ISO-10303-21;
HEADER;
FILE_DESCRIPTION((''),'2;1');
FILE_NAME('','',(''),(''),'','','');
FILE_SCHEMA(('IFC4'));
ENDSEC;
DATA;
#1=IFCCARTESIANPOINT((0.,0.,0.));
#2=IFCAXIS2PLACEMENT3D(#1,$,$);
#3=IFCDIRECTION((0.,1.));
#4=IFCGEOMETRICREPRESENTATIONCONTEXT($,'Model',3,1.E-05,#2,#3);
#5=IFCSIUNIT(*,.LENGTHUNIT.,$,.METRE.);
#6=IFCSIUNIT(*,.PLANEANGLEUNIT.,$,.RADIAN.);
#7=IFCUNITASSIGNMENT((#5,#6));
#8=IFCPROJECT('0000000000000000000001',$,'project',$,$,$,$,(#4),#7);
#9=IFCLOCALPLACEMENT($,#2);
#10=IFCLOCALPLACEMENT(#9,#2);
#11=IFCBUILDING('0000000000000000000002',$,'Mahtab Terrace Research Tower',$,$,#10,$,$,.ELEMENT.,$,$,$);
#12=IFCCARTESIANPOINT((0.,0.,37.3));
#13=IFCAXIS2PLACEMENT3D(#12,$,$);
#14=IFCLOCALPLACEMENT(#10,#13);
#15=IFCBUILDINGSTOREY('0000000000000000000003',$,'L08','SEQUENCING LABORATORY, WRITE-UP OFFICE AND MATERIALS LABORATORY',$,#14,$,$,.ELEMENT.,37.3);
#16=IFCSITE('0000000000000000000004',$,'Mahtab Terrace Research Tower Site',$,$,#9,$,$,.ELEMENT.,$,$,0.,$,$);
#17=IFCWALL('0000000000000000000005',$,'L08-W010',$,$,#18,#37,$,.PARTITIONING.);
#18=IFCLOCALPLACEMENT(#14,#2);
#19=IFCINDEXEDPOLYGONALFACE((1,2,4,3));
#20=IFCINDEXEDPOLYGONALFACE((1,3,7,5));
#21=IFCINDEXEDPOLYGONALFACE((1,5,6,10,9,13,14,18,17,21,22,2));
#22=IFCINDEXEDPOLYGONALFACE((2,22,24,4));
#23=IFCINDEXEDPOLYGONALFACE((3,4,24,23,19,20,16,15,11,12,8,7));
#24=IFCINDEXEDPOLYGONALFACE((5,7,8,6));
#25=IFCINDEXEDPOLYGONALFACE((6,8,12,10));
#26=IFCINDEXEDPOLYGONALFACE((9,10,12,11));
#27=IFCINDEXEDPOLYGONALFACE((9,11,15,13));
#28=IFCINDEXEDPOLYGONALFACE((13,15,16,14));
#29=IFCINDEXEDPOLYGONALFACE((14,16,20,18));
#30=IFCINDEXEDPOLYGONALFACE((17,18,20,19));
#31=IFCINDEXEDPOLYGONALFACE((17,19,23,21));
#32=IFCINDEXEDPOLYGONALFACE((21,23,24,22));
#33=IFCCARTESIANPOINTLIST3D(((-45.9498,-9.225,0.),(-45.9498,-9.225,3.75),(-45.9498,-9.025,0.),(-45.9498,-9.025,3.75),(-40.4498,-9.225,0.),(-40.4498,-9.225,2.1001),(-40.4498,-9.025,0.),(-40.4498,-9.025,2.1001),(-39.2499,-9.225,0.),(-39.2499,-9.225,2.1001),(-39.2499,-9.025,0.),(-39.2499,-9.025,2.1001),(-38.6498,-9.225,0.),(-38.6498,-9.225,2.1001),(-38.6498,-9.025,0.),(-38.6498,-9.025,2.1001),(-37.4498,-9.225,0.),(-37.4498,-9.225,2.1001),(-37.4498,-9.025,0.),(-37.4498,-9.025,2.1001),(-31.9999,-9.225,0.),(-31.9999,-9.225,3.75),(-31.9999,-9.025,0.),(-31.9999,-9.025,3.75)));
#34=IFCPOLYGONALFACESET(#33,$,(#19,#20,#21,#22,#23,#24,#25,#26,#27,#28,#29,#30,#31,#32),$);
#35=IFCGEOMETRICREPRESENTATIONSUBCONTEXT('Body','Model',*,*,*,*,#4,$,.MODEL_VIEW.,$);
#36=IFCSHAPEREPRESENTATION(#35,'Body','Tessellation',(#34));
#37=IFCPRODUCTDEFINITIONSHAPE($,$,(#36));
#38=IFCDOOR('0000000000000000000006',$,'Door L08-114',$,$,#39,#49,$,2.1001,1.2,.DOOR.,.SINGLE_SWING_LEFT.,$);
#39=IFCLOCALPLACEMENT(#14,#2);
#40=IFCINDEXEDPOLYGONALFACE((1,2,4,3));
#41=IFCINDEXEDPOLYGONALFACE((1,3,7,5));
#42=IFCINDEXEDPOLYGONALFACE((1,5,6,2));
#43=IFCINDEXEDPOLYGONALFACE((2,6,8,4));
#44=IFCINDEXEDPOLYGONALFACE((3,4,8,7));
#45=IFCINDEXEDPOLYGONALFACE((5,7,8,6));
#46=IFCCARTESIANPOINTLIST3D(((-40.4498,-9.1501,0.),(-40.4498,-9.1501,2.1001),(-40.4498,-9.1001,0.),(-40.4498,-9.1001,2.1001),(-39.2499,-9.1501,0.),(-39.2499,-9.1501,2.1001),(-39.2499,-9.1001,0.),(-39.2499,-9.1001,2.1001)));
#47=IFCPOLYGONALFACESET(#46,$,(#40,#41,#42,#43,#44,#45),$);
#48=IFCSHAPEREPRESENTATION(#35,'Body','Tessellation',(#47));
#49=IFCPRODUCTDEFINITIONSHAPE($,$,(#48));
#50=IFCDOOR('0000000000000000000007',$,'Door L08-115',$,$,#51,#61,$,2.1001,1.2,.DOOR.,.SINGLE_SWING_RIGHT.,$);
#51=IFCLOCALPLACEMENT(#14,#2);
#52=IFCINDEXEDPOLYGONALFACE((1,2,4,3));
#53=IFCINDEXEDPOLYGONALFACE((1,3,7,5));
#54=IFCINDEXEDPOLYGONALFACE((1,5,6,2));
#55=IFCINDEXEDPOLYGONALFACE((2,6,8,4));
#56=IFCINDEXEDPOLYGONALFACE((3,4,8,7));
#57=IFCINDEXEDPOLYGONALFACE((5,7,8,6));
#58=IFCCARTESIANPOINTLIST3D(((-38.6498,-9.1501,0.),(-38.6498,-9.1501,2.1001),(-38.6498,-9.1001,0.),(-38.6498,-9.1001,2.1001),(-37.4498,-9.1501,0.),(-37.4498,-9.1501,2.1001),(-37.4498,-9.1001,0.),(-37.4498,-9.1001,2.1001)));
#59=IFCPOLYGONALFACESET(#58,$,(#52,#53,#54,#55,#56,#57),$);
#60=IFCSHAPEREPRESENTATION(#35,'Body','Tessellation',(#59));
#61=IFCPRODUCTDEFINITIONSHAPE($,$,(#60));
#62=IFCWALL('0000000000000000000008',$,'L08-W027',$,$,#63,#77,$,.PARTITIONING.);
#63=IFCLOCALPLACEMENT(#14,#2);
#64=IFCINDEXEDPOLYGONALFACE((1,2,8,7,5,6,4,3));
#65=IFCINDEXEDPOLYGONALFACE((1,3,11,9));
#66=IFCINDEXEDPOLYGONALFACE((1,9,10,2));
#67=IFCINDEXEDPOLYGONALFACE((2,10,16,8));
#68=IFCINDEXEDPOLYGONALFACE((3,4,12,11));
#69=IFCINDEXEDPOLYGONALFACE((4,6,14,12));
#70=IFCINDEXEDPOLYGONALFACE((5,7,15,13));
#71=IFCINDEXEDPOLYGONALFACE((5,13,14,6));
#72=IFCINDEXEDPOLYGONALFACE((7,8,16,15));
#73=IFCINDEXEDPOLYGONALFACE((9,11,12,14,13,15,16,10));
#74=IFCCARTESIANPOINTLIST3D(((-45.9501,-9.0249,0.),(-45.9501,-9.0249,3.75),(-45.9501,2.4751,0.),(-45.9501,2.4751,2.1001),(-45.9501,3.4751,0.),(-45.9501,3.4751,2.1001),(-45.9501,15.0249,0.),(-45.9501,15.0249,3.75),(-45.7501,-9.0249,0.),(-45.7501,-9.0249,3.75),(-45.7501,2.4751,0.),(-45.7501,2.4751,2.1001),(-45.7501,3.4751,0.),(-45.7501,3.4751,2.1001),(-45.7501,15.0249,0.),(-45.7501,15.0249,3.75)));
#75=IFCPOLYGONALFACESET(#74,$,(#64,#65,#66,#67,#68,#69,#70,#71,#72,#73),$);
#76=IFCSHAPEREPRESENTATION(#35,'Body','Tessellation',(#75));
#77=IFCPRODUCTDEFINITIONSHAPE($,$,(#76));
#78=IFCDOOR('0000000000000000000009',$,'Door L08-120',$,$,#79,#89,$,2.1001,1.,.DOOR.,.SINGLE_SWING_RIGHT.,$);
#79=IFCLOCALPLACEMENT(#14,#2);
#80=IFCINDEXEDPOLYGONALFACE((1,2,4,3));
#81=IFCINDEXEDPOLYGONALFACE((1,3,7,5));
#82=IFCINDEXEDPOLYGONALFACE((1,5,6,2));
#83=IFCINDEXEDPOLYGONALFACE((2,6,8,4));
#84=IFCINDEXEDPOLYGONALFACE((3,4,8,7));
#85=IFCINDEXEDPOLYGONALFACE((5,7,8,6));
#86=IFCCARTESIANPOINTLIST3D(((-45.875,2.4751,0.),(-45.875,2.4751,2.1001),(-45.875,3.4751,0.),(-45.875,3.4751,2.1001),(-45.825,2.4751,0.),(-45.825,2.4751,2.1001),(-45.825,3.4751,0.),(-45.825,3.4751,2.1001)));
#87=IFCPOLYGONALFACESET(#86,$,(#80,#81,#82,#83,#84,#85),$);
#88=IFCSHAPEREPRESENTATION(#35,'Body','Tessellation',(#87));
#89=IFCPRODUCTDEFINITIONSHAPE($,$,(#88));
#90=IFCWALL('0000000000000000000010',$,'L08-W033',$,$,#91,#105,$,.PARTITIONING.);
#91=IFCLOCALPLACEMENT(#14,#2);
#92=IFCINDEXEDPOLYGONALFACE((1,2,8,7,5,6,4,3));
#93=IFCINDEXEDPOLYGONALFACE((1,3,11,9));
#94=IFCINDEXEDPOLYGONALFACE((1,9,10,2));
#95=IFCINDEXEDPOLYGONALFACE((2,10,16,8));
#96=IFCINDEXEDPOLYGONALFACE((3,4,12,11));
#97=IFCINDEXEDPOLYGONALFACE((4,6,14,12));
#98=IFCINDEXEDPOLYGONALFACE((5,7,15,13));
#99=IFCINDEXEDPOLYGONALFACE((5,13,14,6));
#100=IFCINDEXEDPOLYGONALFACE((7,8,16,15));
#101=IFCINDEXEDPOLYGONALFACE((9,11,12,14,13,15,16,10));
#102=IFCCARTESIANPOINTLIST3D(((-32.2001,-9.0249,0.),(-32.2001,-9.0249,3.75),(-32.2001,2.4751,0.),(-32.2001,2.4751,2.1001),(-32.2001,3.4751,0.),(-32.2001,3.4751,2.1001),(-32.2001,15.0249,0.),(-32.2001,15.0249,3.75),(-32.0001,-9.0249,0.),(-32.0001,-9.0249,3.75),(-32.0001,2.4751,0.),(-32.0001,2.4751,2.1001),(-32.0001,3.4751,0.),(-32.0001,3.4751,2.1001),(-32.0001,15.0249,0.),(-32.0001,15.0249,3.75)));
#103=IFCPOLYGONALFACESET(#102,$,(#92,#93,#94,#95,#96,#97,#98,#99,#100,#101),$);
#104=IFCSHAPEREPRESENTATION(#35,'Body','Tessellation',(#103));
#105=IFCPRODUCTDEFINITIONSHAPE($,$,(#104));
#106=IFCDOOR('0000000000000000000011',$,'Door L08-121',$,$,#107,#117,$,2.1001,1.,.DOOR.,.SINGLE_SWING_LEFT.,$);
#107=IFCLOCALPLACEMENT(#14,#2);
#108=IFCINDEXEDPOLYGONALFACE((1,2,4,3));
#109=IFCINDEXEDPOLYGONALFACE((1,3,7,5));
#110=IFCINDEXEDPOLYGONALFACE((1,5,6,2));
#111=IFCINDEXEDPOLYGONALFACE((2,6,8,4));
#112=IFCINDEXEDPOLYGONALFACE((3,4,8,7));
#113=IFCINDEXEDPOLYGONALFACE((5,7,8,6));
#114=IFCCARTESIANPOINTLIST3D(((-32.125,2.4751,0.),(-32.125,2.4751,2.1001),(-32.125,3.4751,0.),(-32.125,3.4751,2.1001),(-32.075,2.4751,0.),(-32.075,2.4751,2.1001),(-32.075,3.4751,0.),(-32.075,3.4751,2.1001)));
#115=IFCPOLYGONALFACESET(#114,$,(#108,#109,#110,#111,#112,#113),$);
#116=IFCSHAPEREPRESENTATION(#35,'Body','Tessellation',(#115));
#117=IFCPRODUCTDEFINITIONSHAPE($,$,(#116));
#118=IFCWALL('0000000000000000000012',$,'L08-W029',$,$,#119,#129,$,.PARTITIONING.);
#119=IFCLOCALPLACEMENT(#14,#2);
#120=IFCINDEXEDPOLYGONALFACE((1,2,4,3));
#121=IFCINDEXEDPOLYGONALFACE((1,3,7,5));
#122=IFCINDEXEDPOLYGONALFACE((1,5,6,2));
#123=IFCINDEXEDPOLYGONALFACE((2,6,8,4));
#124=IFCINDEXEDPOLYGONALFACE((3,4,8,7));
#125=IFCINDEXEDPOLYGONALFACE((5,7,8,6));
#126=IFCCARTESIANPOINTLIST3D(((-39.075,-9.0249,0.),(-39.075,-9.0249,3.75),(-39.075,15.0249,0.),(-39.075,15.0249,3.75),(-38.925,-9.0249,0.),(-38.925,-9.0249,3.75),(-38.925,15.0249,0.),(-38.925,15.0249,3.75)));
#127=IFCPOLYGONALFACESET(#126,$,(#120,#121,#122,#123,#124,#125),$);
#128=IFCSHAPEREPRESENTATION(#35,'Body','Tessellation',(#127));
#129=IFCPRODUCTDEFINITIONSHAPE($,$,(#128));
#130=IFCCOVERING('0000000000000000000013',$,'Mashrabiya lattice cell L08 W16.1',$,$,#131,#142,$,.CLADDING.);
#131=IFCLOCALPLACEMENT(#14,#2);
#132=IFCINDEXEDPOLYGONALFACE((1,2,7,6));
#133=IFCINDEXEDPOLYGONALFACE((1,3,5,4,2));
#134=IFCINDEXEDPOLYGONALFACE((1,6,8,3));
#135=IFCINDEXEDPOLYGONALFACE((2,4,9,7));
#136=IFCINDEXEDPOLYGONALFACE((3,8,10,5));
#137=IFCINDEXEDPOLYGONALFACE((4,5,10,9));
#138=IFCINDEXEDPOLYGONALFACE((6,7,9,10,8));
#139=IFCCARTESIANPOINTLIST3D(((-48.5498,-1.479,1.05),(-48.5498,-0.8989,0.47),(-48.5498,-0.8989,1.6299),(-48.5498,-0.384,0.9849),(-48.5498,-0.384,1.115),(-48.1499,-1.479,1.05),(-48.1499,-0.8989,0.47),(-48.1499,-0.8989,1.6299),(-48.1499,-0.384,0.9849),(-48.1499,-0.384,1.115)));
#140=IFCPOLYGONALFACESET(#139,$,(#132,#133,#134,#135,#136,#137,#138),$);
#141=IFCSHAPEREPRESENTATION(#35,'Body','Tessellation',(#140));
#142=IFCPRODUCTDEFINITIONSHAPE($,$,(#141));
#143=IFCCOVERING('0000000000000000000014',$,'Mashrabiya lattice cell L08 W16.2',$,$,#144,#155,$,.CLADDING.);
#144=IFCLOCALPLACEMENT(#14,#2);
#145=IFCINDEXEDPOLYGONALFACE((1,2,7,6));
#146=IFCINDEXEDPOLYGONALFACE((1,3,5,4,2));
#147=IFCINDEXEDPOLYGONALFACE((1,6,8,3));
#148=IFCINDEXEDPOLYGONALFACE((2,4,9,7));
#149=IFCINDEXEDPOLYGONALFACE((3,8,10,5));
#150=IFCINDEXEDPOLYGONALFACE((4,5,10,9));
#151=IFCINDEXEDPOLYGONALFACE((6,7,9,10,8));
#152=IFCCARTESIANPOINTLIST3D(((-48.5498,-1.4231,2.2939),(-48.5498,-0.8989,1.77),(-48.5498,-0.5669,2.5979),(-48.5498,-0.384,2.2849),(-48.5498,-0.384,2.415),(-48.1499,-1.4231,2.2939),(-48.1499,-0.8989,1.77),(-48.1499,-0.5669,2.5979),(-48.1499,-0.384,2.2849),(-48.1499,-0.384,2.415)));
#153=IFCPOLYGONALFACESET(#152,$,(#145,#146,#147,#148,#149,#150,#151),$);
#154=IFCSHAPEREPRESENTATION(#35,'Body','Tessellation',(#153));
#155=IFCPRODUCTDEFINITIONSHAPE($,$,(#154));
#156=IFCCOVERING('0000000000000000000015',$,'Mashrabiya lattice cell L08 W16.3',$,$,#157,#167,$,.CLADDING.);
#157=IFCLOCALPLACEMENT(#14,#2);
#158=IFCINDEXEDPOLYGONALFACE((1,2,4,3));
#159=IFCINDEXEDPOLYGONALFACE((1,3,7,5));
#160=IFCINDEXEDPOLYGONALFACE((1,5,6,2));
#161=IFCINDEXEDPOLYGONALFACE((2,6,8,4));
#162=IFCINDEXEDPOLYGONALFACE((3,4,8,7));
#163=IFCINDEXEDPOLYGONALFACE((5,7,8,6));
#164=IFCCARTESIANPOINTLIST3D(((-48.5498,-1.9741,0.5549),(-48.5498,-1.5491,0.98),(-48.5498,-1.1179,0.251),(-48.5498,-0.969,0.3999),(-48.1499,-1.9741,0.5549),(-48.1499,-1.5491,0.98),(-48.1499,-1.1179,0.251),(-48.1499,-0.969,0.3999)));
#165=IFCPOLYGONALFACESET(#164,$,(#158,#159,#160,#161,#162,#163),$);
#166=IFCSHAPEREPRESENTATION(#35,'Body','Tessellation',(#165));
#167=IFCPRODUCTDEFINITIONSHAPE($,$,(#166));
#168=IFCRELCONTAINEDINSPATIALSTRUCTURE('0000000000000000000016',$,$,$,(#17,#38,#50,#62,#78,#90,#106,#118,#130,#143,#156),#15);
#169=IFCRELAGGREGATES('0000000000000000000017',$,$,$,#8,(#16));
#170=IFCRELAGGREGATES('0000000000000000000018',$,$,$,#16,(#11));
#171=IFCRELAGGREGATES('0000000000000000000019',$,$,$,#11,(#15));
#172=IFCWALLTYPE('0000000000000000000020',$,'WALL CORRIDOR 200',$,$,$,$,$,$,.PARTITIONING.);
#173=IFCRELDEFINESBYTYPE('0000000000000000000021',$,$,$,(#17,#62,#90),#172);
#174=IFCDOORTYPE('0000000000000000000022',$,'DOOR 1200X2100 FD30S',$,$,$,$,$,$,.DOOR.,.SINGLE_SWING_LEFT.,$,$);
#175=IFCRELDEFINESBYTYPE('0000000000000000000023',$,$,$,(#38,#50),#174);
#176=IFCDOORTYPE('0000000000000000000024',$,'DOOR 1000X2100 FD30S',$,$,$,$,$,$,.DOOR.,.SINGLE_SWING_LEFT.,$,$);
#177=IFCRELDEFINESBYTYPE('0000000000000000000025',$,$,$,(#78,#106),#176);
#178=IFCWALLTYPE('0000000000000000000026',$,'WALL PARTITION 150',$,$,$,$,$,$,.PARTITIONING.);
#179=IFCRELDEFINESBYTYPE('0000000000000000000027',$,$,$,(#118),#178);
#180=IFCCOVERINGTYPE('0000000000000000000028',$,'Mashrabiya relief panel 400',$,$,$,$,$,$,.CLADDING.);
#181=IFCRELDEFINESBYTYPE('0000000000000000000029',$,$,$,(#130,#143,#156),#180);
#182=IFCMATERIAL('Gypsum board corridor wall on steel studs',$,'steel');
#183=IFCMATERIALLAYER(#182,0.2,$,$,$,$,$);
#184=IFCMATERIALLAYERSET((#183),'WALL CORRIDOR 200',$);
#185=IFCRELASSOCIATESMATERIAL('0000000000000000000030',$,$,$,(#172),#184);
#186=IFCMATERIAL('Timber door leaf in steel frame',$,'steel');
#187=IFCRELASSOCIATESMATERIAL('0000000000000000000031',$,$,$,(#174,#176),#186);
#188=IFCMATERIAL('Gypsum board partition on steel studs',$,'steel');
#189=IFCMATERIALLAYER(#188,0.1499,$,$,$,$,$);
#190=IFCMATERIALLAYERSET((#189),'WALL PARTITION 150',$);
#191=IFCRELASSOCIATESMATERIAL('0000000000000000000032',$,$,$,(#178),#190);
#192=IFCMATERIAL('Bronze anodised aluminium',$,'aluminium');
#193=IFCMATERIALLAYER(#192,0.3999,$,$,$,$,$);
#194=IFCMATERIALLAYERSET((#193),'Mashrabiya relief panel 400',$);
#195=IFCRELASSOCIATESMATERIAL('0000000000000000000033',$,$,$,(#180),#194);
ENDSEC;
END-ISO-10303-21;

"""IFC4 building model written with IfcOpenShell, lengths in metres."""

from ifc_helpers import new_model, si_unit, direction, frame, frame_2d, origin, place, context, subcontext, project, spatial, polyline, rectangle, outline, extrude, material, layer, layer_set, type_object, element, fill, save


model = new_model("IFC4")

# Units and contexts
model_context = context("Model", 3, precision=1e-05, world=origin(), true_north=direction((0.0, 1.0)))
body_context = subcontext(model_context, "Body", "Model", "MODEL_VIEW")
ifc_project = project(units=[si_unit("LENGTHUNIT", "METRE"), si_unit("PLANEANGLEUNIT", "RADIAN")], contexts=[model_context])

# Site, building, storey
site_placement = place(None, origin())
site = spatial("IfcSite", under=ifc_project, at=site_placement, Name="Mahtab Terrace Research Tower Site", CompositionType="ELEMENT", RefElevation=0.0)
building_placement = place(site_placement, origin())
building = spatial("IfcBuilding", under=site, at=building_placement, Name="Mahtab Terrace Research Tower", CompositionType="ELEMENT")
storey_placement = place(building_placement, frame((0.0, 0.0, 37.3)))
storey = spatial("IfcBuildingStorey", under=building, at=storey_placement, Name="L08", Description="SEQUENCING LABORATORY, WRITE-UP OFFICE AND MATERIALS LABORATORY", CompositionType="ELEMENT", Elevation=37.3)

# Shared definitions
ifc_material_1 = material(Name="Gypsum board corridor wall on steel studs", Category="steel")
ifc_layer_1 = layer(ifc_material_1, 0.2)
ifc_layer_set_1 = layer_set([ifc_layer_1], Name="WALL CORRIDOR 200")
wall_type_1 = type_object("IfcWallType", Name="WALL CORRIDOR 200", PredefinedType="PARTITIONING", material=ifc_layer_set_1)
ifc_material_2 = material(Name="Timber door leaf in steel frame", Category="steel")
door_type_1 = type_object("IfcDoorType", Name="DOOR 1200X2100 FD30S", OperationType="SINGLE_SWING_LEFT", PredefinedType="DOOR", material=ifc_material_2)

# Wall, openings, doors
wall_1_placement = place(storey_placement, frame((-45.95, -9.125, 0.0), z_axis=(0.0, 0.0, 1.0), x_axis=(1.0, 0.0, 0.0)))
wall_1 = element("IfcWall", 1, at=wall_1_placement, inside=storey, type_object=wall_type_1, Name="L08-W010", PredefinedType="PARTITIONING", context=body_context, shape_type="SweptSolid", body=[
    extrude(rectangle(XDim=13.95, YDim=0.2, at=frame_2d((6.9751, 0.0))), origin(), (0.0, 0.0, 1.0), 3.75),
])
opening_1_placement = place(wall_1_placement, frame((5.5, 0.0, 0.0)))
opening_1 = element("IfcOpeningElement", 2, at=opening_1_placement, cuts=wall_1, PredefinedType="OPENING", context=body_context, shape_type="SweptSolid", body=[
    extrude(rectangle(XDim=1.2, YDim=2.1001, at=frame_2d((0.6001, 1.05))), frame((0.0, 0.1099, 0.0), z_axis=(0.0, -1.0, 0.0), x_axis=(1.0, 0.0, 0.0)), (0.0, 0.0, 1.0), 0.22),
])
opening_2_placement = place(wall_1_placement, frame((7.3, 0.0, 0.0)))
opening_2 = element("IfcOpeningElement", 3, at=opening_2_placement, cuts=wall_1, PredefinedType="OPENING", context=body_context, shape_type="SweptSolid", body=[
    extrude(rectangle(XDim=1.2, YDim=2.1001, at=frame_2d((0.6001, 1.05))), frame((0.0, 0.1099, 0.0), z_axis=(0.0, -1.0, 0.0), x_axis=(1.0, 0.0, 0.0)), (0.0, 0.0, 1.0), 0.22),
])
door_1_placement = place(opening_1_placement, origin())
door_1 = element("IfcDoor", 4, at=door_1_placement, inside=storey, type_object=door_type_1, Name="Door L08-114", OperationType="SINGLE_SWING_LEFT", OverallHeight=2.1001, OverallWidth=1.2, PredefinedType="DOOR", context=body_context, shape_type="SweptSolid", body=[
    extrude(rectangle(XDim=1.2, YDim=2.1001, at=frame_2d((0.6001, 1.05))), frame((0.0, 0.0249, 0.0), z_axis=(0.0, -1.0, 0.0), x_axis=(1.0, 0.0, 0.0)), (0.0, 0.0, 1.0), 0.05),
])
fill(opening_1, door_1)
door_2_placement = place(opening_2_placement, origin())
door_2 = element("IfcDoor", 5, at=door_2_placement, inside=storey, type_object=door_type_1, Name="Door L08-115", OperationType="SINGLE_SWING_RIGHT", OverallHeight=2.1001, OverallWidth=1.2, PredefinedType="DOOR", context=body_context, shape_type="SweptSolid", body=[
    extrude(rectangle(XDim=1.2, YDim=2.1001, at=frame_2d((0.6001, 1.05))), frame((0.0, 0.0249, 0.0), z_axis=(0.0, -1.0, 0.0), x_axis=(1.0, 0.0, 0.0)), (0.0, 0.0, 1.0), 0.05),
])
fill(opening_2, door_2)

# Walls, openings, doors
wall_2_placement = place(storey_placement, frame((-45.8501, -9.0249, 0.0), z_axis=(0.0, 0.0, 1.0), x_axis=(0.0, 1.0, 0.0)))
wall_2 = element("IfcWall", 6, at=wall_2_placement, inside=storey, type_object=wall_type_1, Name="L08-W027", PredefinedType="PARTITIONING", context=body_context, shape_type="SweptSolid", body=[
    extrude(rectangle(XDim=24.0498, YDim=0.2, at=frame_2d((12.0249, 0.0))), origin(), (0.0, 0.0, 1.0), 3.75),
])
opening_3_placement = place(wall_2_placement, frame((11.5, 0.0, 0.0)))
opening_3 = element("IfcOpeningElement", 7, at=opening_3_placement, cuts=wall_2, PredefinedType="OPENING", context=body_context, shape_type="SweptSolid", body=[
    extrude(rectangle(XDim=1.0, YDim=2.1001, at=frame_2d((0.5, 1.05))), frame((0.0, 0.1099, 0.0), z_axis=(0.0, -1.0, 0.0), x_axis=(1.0, 0.0, 0.0)), (0.0, 0.0, 1.0), 0.22),
])
door_type_2 = type_object("IfcDoorType", Name="DOOR 1000X2100 FD30S", OperationType="SINGLE_SWING_LEFT", PredefinedType="DOOR", material=ifc_material_2)
door_3_placement = place(opening_3_placement, origin())
door_3 = element("IfcDoor", 8, at=door_3_placement, inside=storey, type_object=door_type_2, Name="Door L08-120", OperationType="SINGLE_SWING_RIGHT", OverallHeight=2.1001, OverallWidth=1.0, PredefinedType="DOOR", context=body_context, shape_type="SweptSolid", body=[
    extrude(rectangle(XDim=1.0, YDim=2.1001, at=frame_2d((0.5, 1.05))), frame((0.0, 0.0249, 0.0), z_axis=(0.0, -1.0, 0.0), x_axis=(1.0, 0.0, 0.0)), (0.0, 0.0, 1.0), 0.05),
])
fill(opening_3, door_3)
wall_3_placement = place(storey_placement, frame((-32.1001, -9.0249, 0.0), z_axis=(0.0, 0.0, 1.0), x_axis=(0.0, 1.0, 0.0)))
wall_3 = element("IfcWall", 9, at=wall_3_placement, inside=storey, type_object=wall_type_1, Name="L08-W033", PredefinedType="PARTITIONING", context=body_context, shape_type="SweptSolid", body=[
    extrude(rectangle(XDim=24.0498, YDim=0.2, at=frame_2d((12.0249, 0.0))), origin(), (0.0, 0.0, 1.0), 3.75),
])
opening_4_placement = place(wall_3_placement, frame((11.5, 0.0, 0.0)))
opening_4 = element("IfcOpeningElement", 10, at=opening_4_placement, cuts=wall_3, PredefinedType="OPENING", context=body_context, shape_type="SweptSolid", body=[
    extrude(rectangle(XDim=1.0, YDim=2.1001, at=frame_2d((0.5, 1.05))), frame((0.0, 0.1099, 0.0), z_axis=(0.0, -1.0, 0.0), x_axis=(1.0, 0.0, 0.0)), (0.0, 0.0, 1.0), 0.22),
])
door_4_placement = place(opening_4_placement, origin())
door_4 = element("IfcDoor", 11, at=door_4_placement, inside=storey, type_object=door_type_2, Name="Door L08-121", OperationType="SINGLE_SWING_LEFT", OverallHeight=2.1001, OverallWidth=1.0, PredefinedType="DOOR", context=body_context, shape_type="SweptSolid", body=[
    extrude(rectangle(XDim=1.0, YDim=2.1001, at=frame_2d((0.5, 1.05))), frame((0.0, 0.0249, 0.0), z_axis=(0.0, -1.0, 0.0), x_axis=(1.0, 0.0, 0.0)), (0.0, 0.0, 1.0), 0.05),
])
fill(opening_4, door_4)

# Wall
ifc_material_3 = material(Name="Gypsum board partition on steel studs", Category="steel")
ifc_layer_2 = layer(ifc_material_3, 0.1499)
ifc_layer_set_2 = layer_set([ifc_layer_2], Name="WALL PARTITION 150")
wall_type_2 = type_object("IfcWallType", Name="WALL PARTITION 150", PredefinedType="PARTITIONING", material=ifc_layer_set_2)
wall_4_placement = place(storey_placement, frame((-39.0, -9.0249, 0.0), z_axis=(0.0, 0.0, 1.0), x_axis=(0.0, 1.0, 0.0)))
element("IfcWall", 12, at=wall_4_placement, inside=storey, type_object=wall_type_2, Name="L08-W029", PredefinedType="PARTITIONING", context=body_context, shape_type="SweptSolid", body=[
    extrude(rectangle(XDim=24.0498, YDim=0.1499, at=frame_2d((12.0249, 0.0))), origin(), (0.0, 0.0, 1.0), 3.75),
])

# Coverings
ifc_material_4 = material(Name="Bronze anodised aluminium", Category="aluminium")
ifc_layer_3 = layer(ifc_material_4, 0.3999)
ifc_layer_set_3 = layer_set([ifc_layer_3], Name="Mashrabiya relief panel 400")
covering_type = type_object("IfcCoveringType", Name="Mashrabiya relief panel 400", PredefinedType="CLADDING", material=ifc_layer_set_3)
covering_1_placement = place(storey_placement, frame((-48.1499, -0.8989, 1.6299), z_axis=(1.0, 0.0, 0.0), x_axis=(0.0, -0.707256, -0.706958)))
element("IfcCovering", 13, at=covering_1_placement, inside=storey, type_object=covering_type, Name="Mashrabiya lattice cell L08 W16.1", PredefinedType="CLADDING", context=body_context, shape_type="SweptSolid", body=[
    extrude(outline(polyline([(0.0, 0.0), (0.8202, 0.0), (0.82, 0.8204), (0.0918, 0.8202), (-0.0002, 0.7282), (0.0, 0.0)])), origin(), (0.0, 0.0, -1.0), 0.3999),
])
covering_2_placement = place(storey_placement, frame((-48.1499, -0.8989, 1.77), z_axis=(1.0, 0.0, 0.0), x_axis=(0.0, 0.707107, 0.707107)))
element("IfcCovering", 14, at=covering_2_placement, inside=storey, type_object=covering_type, Name="Mashrabiya lattice cell L08 W16.2", PredefinedType="CLADDING", context=body_context, shape_type="SweptSolid", body=[
    extrude(outline(polyline([(0.0, 0.0), (0.7282, 0.0), (0.8202, 0.092), (0.8202, 0.3506), (-0.0002, 0.7411), (0.0, 0.0)])), origin(), (0.0, 0.0, -1.0), 0.3999),
])
covering_3_placement = place(storey_placement, frame((-48.1499, -0.969, 0.3999), z_axis=(1.0, 0.0, 0.0), x_axis=(0.0, -0.707107, 0.707107)))
element("IfcCovering", 15, at=covering_3_placement, inside=storey, type_object=covering_type, Name="Mashrabiya lattice cell L08 W16.3", PredefinedType="CLADDING", context=body_context, shape_type="SweptSolid", body=[
    extrude(outline(polyline([(0.0, 0.0), (0.8204, 0.0), (0.8204, 0.6011), (0.0, 0.2106), (0.0, 0.0)])), origin(), (0.0, 0.0, -1.0), 0.3999),
])

save(model, "model.ifc")
